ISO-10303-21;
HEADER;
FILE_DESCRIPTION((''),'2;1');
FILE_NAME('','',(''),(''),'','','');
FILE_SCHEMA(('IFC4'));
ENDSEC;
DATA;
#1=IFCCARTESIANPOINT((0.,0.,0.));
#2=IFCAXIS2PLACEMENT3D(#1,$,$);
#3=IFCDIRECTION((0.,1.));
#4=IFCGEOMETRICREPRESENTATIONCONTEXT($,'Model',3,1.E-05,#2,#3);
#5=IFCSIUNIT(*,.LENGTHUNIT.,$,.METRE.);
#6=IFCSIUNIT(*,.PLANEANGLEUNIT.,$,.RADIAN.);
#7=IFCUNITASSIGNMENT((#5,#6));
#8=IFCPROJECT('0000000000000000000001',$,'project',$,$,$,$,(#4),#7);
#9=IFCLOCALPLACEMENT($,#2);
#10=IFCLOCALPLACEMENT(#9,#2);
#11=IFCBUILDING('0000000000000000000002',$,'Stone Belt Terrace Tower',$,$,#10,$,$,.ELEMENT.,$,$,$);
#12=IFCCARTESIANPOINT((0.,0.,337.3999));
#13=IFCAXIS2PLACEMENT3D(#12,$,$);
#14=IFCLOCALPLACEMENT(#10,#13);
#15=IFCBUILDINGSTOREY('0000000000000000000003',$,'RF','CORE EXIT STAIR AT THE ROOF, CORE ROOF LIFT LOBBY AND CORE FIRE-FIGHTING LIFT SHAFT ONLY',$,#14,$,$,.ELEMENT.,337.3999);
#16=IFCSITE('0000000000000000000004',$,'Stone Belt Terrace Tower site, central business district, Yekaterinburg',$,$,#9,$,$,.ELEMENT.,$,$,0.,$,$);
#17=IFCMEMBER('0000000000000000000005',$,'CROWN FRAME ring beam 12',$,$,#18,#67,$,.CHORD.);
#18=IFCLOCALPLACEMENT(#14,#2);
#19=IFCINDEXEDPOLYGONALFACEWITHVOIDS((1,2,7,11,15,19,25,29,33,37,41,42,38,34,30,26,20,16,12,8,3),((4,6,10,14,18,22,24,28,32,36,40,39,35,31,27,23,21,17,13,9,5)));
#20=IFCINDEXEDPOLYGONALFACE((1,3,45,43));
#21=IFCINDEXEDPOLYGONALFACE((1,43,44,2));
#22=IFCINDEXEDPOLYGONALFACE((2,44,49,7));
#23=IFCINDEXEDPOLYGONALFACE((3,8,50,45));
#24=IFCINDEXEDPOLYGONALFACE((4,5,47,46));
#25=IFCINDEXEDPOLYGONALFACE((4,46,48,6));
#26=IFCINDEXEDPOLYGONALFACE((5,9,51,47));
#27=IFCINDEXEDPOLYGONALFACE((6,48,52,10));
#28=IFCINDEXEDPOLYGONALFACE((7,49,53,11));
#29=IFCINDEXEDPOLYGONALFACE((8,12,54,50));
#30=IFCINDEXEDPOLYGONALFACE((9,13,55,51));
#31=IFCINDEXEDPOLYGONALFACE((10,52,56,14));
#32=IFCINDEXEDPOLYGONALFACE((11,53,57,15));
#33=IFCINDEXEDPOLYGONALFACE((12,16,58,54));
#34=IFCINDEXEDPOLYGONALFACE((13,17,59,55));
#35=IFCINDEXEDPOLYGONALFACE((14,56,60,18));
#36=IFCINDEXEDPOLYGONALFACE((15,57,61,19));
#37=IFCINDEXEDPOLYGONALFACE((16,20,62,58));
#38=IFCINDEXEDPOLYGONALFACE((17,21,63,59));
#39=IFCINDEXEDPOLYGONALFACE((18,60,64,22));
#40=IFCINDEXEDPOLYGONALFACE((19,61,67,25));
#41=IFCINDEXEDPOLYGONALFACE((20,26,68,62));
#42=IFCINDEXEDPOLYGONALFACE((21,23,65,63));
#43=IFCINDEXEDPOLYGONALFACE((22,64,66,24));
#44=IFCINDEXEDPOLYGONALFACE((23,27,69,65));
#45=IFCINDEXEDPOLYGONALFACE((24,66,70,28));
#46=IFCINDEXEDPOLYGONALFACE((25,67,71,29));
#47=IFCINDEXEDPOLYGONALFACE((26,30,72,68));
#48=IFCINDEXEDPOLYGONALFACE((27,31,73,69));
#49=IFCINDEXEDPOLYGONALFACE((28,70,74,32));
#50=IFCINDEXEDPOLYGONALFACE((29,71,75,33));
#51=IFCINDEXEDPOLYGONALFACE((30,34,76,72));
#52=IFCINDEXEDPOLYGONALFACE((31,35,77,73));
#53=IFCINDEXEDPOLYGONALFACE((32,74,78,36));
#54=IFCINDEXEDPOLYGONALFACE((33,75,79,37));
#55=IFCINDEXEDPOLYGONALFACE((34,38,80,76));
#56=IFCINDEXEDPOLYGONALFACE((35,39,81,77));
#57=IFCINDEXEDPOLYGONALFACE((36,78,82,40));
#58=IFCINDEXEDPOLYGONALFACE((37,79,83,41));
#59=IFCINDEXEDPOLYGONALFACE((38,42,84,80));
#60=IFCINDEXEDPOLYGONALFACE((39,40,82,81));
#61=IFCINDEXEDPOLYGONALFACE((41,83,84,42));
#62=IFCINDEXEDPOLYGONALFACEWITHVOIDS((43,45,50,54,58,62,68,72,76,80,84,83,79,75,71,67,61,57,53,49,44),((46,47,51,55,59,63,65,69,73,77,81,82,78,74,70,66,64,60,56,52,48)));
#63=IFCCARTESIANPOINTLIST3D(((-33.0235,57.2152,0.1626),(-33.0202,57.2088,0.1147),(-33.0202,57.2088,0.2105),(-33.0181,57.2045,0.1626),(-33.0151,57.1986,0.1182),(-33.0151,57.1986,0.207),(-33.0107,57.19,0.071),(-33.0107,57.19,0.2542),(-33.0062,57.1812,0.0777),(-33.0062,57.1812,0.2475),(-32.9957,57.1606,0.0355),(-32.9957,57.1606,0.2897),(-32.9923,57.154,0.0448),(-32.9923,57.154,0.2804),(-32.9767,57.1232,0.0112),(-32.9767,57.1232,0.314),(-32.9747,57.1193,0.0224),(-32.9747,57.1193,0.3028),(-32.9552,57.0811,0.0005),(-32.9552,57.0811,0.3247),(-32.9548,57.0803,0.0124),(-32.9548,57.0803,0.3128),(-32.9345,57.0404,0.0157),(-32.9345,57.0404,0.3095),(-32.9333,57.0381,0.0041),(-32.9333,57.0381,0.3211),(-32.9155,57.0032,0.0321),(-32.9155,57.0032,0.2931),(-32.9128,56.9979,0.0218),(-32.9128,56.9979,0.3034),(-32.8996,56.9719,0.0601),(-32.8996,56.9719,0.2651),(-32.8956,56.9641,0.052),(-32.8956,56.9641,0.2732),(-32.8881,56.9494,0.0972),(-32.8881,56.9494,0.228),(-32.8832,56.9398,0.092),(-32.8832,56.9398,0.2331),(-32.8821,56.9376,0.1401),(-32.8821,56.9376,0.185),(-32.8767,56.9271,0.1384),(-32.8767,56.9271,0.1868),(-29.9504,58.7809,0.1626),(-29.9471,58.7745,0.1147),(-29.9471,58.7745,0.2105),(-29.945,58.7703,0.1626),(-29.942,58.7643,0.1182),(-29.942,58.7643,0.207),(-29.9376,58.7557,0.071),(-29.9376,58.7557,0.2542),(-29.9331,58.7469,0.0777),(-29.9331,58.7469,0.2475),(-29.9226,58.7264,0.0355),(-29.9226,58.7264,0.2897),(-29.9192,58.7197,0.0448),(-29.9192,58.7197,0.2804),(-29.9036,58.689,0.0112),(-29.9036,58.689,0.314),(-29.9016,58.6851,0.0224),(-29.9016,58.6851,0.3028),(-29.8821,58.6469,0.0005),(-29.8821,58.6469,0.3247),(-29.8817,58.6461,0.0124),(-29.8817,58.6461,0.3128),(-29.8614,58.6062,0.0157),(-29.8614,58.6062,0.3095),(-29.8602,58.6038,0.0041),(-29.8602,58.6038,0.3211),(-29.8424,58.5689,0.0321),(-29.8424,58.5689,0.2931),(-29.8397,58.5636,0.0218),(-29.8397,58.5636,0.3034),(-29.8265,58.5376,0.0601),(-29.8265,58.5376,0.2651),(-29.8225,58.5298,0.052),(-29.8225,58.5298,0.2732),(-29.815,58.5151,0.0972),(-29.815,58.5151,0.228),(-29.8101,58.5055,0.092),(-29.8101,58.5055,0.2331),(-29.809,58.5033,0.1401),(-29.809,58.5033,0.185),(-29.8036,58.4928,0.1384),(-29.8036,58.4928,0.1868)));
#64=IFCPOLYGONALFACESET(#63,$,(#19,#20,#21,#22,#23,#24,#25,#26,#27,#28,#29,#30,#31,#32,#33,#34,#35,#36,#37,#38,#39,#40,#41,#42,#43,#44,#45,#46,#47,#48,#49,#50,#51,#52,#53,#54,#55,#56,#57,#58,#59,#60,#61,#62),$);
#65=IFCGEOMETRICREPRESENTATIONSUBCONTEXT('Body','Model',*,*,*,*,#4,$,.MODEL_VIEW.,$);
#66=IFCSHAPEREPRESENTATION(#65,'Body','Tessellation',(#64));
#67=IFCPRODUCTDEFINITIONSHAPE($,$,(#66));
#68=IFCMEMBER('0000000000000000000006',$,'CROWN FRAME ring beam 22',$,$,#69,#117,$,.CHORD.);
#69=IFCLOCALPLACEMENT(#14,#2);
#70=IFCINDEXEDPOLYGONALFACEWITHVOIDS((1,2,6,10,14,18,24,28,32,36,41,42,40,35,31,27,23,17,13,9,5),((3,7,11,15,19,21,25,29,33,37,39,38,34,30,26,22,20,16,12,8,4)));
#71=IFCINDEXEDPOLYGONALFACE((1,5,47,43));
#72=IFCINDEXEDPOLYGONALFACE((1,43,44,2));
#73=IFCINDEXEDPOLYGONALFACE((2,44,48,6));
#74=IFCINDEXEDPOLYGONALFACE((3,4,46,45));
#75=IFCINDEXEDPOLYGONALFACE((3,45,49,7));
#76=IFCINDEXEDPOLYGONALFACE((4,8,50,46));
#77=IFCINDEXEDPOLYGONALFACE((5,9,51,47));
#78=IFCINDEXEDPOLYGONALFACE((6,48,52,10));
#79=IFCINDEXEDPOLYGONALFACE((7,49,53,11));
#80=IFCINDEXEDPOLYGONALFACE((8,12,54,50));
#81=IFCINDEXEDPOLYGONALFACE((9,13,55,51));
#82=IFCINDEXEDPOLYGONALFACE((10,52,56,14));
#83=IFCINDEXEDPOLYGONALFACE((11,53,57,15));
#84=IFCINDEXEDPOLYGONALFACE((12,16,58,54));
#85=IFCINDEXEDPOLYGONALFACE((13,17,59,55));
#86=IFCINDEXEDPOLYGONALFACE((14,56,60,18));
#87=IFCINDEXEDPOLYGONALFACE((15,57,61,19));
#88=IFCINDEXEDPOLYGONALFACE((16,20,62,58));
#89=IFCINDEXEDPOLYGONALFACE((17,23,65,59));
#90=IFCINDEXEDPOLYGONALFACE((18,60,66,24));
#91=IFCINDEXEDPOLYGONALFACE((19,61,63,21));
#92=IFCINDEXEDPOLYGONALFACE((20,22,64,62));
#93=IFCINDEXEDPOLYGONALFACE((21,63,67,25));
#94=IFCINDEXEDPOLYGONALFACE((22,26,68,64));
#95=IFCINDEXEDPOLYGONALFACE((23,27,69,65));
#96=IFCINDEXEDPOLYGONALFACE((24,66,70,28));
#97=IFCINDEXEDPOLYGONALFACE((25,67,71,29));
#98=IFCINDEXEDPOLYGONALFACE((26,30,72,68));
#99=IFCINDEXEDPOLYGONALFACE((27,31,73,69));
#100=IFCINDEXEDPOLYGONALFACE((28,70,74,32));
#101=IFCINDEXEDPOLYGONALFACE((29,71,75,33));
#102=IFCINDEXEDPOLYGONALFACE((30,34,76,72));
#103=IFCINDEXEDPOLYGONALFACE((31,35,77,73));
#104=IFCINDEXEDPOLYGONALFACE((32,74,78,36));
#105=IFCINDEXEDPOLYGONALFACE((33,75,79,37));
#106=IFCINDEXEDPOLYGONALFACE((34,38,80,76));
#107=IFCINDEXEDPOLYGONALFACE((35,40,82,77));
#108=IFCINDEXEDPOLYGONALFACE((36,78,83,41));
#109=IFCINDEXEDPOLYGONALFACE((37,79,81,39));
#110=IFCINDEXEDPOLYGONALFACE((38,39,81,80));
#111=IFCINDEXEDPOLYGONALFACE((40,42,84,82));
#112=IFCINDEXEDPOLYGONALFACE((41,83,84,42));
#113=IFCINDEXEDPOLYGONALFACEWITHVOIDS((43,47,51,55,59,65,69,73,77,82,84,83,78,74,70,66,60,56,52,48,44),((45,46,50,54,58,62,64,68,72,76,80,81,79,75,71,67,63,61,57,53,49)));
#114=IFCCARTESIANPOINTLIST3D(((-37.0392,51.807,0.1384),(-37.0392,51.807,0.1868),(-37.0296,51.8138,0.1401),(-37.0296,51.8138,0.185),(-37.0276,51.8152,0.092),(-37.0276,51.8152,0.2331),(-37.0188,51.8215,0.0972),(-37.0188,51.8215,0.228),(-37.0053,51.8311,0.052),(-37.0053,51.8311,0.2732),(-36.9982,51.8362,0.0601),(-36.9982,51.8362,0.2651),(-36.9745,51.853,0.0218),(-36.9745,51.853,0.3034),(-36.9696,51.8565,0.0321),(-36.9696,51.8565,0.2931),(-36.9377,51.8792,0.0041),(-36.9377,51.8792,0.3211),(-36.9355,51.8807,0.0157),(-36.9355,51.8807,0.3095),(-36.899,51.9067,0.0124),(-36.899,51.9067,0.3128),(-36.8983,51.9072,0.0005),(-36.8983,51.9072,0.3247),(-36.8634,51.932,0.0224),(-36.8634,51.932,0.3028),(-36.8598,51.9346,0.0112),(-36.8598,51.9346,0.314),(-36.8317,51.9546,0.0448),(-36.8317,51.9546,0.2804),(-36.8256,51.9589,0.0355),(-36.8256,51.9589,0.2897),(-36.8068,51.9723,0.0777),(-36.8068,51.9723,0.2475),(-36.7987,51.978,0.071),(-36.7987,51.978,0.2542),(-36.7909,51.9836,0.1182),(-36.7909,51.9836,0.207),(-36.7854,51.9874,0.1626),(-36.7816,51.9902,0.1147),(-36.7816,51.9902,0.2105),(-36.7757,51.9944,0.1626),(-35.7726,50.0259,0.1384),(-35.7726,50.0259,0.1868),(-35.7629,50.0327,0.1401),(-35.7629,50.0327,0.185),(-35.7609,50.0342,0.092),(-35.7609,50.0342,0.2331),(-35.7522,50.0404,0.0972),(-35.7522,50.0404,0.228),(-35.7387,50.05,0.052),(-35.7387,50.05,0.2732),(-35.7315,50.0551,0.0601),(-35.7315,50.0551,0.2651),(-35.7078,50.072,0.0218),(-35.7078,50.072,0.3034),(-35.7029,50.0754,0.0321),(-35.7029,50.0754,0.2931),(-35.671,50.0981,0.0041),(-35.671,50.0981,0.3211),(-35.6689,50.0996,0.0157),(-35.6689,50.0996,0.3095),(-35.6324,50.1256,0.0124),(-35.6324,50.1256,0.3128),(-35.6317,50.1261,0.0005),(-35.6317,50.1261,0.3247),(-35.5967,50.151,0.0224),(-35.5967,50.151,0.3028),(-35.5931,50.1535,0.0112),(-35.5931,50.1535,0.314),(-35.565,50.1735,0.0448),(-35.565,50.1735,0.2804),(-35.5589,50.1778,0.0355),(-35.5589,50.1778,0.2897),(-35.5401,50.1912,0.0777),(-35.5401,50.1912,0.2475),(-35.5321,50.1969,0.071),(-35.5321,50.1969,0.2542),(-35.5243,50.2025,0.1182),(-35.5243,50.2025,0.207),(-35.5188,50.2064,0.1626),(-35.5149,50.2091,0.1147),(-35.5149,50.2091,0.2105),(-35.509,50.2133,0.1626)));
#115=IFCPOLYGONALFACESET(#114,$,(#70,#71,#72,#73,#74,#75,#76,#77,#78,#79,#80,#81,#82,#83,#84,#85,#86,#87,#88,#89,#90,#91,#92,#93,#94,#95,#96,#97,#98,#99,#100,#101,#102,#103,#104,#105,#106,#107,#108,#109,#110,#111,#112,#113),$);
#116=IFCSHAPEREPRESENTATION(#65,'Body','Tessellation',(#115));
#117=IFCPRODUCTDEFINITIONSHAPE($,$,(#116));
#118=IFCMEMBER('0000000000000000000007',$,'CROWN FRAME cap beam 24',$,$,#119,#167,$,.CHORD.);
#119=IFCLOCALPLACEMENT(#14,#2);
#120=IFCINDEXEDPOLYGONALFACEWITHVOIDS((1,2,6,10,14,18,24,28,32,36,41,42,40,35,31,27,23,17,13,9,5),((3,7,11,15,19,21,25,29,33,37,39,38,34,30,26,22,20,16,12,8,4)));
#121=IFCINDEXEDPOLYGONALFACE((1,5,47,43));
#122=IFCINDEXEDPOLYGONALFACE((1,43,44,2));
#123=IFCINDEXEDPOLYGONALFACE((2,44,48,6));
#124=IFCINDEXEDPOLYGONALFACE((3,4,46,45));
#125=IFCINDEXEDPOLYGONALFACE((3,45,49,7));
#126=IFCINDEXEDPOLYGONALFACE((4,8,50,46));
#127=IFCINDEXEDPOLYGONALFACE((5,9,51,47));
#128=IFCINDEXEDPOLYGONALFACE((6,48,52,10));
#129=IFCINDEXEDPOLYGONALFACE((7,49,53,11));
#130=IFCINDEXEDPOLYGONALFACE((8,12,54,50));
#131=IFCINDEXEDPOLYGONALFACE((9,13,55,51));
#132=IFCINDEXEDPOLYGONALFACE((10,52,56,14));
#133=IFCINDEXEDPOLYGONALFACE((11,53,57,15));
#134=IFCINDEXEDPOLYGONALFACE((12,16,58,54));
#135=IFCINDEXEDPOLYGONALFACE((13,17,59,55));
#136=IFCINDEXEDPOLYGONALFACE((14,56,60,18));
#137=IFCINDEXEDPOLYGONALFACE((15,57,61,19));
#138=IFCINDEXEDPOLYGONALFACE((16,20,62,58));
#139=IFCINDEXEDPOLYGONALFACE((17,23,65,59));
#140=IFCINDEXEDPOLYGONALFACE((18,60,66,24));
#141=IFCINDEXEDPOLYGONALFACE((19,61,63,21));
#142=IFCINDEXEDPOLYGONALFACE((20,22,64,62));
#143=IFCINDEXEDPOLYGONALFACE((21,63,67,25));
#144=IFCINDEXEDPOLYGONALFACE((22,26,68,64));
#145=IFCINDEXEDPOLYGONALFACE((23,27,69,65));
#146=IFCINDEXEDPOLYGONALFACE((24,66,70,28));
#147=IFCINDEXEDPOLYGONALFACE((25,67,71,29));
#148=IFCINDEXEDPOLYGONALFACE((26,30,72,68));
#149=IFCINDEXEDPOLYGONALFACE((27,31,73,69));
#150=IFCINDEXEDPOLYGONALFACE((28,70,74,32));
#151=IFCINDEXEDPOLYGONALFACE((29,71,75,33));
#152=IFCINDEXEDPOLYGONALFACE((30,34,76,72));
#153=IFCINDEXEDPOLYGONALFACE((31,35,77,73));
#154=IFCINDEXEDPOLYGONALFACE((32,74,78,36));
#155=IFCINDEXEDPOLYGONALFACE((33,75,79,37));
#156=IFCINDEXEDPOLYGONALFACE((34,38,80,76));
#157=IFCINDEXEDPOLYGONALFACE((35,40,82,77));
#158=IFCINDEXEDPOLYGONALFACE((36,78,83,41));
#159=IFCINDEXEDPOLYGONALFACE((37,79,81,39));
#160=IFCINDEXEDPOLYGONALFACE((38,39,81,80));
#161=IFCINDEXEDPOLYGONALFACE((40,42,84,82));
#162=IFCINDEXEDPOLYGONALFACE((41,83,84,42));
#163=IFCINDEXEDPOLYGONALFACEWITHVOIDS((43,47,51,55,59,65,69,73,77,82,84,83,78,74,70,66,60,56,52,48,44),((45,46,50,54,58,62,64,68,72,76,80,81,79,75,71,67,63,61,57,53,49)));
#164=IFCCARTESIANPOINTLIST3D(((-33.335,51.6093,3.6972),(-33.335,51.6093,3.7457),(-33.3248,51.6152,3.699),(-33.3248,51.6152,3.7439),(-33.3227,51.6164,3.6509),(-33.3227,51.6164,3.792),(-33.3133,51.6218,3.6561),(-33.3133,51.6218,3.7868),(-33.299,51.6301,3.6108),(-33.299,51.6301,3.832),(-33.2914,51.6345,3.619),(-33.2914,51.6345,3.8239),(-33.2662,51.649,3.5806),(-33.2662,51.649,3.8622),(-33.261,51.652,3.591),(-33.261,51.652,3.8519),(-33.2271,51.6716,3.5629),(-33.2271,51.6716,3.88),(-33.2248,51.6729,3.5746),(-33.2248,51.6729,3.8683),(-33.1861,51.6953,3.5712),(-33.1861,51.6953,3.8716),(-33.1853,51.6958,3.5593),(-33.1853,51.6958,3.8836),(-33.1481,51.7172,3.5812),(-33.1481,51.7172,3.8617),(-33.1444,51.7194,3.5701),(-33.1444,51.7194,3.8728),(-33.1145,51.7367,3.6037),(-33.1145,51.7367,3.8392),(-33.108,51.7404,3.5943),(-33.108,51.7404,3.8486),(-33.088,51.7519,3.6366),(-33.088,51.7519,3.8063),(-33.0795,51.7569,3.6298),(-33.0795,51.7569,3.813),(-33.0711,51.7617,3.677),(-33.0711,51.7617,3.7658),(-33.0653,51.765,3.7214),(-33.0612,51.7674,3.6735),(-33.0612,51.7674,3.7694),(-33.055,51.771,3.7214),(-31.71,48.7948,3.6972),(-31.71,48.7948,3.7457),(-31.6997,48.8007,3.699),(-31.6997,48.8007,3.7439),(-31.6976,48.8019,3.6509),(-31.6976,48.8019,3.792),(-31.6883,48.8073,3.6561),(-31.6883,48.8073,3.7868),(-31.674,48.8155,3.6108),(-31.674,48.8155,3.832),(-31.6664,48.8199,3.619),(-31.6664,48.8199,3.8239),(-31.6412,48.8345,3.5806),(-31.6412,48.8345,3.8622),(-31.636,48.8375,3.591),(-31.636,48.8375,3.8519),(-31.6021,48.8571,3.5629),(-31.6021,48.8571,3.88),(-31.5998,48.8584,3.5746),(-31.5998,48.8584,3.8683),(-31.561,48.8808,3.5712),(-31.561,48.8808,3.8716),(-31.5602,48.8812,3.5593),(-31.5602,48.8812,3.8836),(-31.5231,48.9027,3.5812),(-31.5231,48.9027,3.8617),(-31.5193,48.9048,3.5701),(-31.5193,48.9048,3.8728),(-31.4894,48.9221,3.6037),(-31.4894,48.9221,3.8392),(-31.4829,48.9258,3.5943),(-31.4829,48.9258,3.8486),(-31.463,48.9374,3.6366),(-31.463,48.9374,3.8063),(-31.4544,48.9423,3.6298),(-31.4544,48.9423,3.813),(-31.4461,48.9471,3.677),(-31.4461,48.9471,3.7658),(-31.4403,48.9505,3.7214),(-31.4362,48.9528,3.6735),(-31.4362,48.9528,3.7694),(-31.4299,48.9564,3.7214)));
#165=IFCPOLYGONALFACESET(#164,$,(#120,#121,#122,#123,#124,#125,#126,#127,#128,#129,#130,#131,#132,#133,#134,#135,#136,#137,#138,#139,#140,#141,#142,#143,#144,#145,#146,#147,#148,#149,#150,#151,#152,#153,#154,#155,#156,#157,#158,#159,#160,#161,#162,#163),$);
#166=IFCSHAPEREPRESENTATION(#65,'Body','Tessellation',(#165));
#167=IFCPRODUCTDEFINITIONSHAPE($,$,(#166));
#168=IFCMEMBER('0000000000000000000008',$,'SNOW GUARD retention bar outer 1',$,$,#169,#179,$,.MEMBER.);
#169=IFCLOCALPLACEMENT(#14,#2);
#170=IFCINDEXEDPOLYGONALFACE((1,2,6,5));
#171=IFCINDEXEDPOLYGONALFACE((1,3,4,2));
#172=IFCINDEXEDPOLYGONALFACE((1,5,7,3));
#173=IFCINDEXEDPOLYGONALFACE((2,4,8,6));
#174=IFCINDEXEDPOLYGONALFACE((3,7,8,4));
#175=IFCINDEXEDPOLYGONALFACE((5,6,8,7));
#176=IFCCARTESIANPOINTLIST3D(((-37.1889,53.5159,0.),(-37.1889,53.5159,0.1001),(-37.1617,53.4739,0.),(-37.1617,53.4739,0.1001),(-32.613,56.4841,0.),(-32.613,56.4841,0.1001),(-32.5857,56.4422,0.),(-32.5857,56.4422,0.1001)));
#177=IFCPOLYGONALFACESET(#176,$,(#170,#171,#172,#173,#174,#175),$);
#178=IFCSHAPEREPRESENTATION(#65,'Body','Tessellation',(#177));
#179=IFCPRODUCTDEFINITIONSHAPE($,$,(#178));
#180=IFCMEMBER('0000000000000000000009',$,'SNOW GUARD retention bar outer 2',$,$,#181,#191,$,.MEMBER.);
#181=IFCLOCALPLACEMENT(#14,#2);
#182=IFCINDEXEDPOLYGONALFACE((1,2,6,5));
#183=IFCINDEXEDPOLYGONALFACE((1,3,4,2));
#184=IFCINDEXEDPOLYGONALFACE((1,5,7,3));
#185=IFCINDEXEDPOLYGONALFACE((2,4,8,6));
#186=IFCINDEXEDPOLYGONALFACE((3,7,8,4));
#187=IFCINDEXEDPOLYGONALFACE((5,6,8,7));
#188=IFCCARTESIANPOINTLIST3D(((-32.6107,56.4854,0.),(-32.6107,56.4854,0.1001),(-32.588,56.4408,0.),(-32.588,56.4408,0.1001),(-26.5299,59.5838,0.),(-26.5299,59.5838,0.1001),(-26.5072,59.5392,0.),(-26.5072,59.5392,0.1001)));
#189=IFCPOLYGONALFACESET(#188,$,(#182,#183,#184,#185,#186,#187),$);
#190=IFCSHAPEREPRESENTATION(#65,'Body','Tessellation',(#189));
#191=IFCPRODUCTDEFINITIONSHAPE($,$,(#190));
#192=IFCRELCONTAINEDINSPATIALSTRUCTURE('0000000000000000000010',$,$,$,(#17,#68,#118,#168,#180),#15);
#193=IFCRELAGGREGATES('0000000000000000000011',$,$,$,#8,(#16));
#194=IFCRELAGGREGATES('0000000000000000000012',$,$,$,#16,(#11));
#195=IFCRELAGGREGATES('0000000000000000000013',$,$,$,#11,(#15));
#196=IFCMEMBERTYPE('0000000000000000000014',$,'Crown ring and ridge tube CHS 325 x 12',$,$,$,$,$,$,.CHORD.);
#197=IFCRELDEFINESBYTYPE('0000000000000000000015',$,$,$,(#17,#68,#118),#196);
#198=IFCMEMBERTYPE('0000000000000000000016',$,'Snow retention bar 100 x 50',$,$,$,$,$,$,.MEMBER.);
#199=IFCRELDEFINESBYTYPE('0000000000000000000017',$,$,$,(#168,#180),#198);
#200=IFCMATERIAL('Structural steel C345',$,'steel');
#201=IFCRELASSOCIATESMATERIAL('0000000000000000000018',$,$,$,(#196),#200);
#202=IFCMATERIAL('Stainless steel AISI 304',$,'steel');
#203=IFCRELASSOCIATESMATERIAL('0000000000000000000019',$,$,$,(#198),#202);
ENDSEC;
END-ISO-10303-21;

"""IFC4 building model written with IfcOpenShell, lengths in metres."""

from ifc_helpers import new_model, si_unit, direction, frame, origin, origin_2d, place, context, subcontext, project, spatial, rectangle, hollow_circle, extrude, material, material_profile, profile_set, type_object, element, save


model = new_model("IFC4")

# Units and contexts
model_context = context("Model", 3, precision=1e-05, world=origin(), true_north=direction((0.0, 1.0)))
body_context = subcontext(model_context, "Body", "Model", "MODEL_VIEW")
ifc_project = project(units=[si_unit("LENGTHUNIT", "METRE"), si_unit("PLANEANGLEUNIT", "RADIAN")], contexts=[model_context])

# Site, building, storey
site_placement = place(None, origin())
site = spatial("IfcSite", under=ifc_project, at=site_placement, Name="Stone Belt Terrace Tower site, central business district, Yekaterinburg", CompositionType="ELEMENT", RefElevation=0.0)
building_placement = place(site_placement, origin())
building = spatial("IfcBuilding", under=site, at=building_placement, Name="Stone Belt Terrace Tower", CompositionType="ELEMENT")
storey_placement = place(building_placement, frame((0.0, 0.0, 337.3999)))
storey = spatial("IfcBuildingStorey", under=building, at=storey_placement, Name="RF", Description="CORE EXIT STAIR AT THE ROOF, CORE ROOF LIFT LOBBY AND CORE FIRE-FIGHTING LIFT SHAFT ONLY", CompositionType="ELEMENT", Elevation=337.3999)

# Members
ifc_material_1 = material(Name="Structural steel C345", Category="steel")
ifc_material_profile_1 = material_profile(ifc_material_1, hollow_circle(Radius=0.1626, WallThickness=0.012, at=origin_2d()), Name="Structural steel C345 CHS 325x12")
ifc_profile_set_1 = profile_set([ifc_material_profile_1], Name="Structural steel C345")
member_type_1 = type_object("IfcMemberType", Name="Crown ring and ridge tube CHS 325 x 12", PredefinedType="CHORD", material=ifc_profile_set_1)
member_1_placement = place(storey_placement, frame((-32.9497, 57.0703, 0.1626), z_axis=(0.891018, 0.453968, 0.0), x_axis=(-0.453968, 0.891018, 0.0)))
element("IfcMember", 1, at=member_1_placement, inside=storey, type_object=member_type_1, Name="CROWN FRAME ring beam 12", PredefinedType="CHORD", context=body_context, shape_type="SweptSolid", body=[
    extrude(hollow_circle(Radius=0.1626, WallThickness=0.012, at=origin_2d()), origin(), (0.0, 0.0, 1.0), 3.449),
])
member_2_placement = place(storey_placement, frame((-36.9082, 51.9001, 0.1626), z_axis=(0.579557, -0.814932, 0.0), x_axis=(0.814932, 0.579557, 0.0)))
element("IfcMember", 2, at=member_2_placement, inside=storey, type_object=member_type_1, Name="CROWN FRAME ring beam 22", PredefinedType="CHORD", context=body_context, shape_type="SweptSolid", body=[
    extrude(hollow_circle(Radius=0.1626, WallThickness=0.012, at=origin_2d()), origin(), (0.0, 0.0, 1.0), 2.1855),
])
member_3_placement = place(storey_placement, frame((-33.1958, 51.6897, 3.7214), z_axis=(0.500017, -0.866015, 0.0), x_axis=(0.866015, 0.500017, 0.0)))
element("IfcMember", 3, at=member_3_placement, inside=storey, type_object=member_type_1, Name="CROWN FRAME cap beam 24", PredefinedType="CHORD", context=body_context, shape_type="SweptSolid", body=[
    extrude(hollow_circle(Radius=0.1626, WallThickness=0.012, at=origin_2d()), origin(), (0.0, 0.0, 1.0), 3.25),
])
ifc_material_2 = material(Name="Stainless steel AISI 304", Category="steel")
ifc_material_profile_2 = material_profile(ifc_material_2, rectangle(XDim=0.05, YDim=0.1001, at=origin_2d()), Name="Stainless steel AISI 304 100x50")
ifc_profile_set_2 = profile_set([ifc_material_profile_2], Name="Stainless steel AISI 304")
member_type_2 = type_object("IfcMemberType", Name="Snow retention bar 100 x 50", PredefinedType="MEMBER", material=ifc_profile_set_2)
member_4_placement = place(storey_placement, frame((-37.1753, 53.4949, 0.05), z_axis=(0.838954, 0.544203, 0.0), x_axis=(-0.544203, 0.838954, 0.0)))
element("IfcMember", 4, at=member_4_placement, inside=storey, type_object=member_type_2, Name="SNOW GUARD retention bar outer 1", PredefinedType="MEMBER", context=body_context, shape_type="SweptSolid", body=[
    extrude(rectangle(XDim=0.05, YDim=0.1001, at=origin_2d()), origin(), (0.0, 0.0, 1.0), 5.4543),
])
member_5_placement = place(storey_placement, frame((-32.5994, 56.4631, 0.05), z_axis=(0.891003, 0.453998, 0.0), x_axis=(-0.453998, 0.891003, 0.0)))
element("IfcMember", 5, at=member_5_placement, inside=storey, type_object=member_type_2, Name="SNOW GUARD retention bar outer 2", PredefinedType="MEMBER", context=body_context, shape_type="SweptSolid", body=[
    extrude(rectangle(XDim=0.05, YDim=0.1001, at=origin_2d()), origin(), (0.0, 0.0, 1.0), 6.8247),
])

save(model, "model.ifc")
